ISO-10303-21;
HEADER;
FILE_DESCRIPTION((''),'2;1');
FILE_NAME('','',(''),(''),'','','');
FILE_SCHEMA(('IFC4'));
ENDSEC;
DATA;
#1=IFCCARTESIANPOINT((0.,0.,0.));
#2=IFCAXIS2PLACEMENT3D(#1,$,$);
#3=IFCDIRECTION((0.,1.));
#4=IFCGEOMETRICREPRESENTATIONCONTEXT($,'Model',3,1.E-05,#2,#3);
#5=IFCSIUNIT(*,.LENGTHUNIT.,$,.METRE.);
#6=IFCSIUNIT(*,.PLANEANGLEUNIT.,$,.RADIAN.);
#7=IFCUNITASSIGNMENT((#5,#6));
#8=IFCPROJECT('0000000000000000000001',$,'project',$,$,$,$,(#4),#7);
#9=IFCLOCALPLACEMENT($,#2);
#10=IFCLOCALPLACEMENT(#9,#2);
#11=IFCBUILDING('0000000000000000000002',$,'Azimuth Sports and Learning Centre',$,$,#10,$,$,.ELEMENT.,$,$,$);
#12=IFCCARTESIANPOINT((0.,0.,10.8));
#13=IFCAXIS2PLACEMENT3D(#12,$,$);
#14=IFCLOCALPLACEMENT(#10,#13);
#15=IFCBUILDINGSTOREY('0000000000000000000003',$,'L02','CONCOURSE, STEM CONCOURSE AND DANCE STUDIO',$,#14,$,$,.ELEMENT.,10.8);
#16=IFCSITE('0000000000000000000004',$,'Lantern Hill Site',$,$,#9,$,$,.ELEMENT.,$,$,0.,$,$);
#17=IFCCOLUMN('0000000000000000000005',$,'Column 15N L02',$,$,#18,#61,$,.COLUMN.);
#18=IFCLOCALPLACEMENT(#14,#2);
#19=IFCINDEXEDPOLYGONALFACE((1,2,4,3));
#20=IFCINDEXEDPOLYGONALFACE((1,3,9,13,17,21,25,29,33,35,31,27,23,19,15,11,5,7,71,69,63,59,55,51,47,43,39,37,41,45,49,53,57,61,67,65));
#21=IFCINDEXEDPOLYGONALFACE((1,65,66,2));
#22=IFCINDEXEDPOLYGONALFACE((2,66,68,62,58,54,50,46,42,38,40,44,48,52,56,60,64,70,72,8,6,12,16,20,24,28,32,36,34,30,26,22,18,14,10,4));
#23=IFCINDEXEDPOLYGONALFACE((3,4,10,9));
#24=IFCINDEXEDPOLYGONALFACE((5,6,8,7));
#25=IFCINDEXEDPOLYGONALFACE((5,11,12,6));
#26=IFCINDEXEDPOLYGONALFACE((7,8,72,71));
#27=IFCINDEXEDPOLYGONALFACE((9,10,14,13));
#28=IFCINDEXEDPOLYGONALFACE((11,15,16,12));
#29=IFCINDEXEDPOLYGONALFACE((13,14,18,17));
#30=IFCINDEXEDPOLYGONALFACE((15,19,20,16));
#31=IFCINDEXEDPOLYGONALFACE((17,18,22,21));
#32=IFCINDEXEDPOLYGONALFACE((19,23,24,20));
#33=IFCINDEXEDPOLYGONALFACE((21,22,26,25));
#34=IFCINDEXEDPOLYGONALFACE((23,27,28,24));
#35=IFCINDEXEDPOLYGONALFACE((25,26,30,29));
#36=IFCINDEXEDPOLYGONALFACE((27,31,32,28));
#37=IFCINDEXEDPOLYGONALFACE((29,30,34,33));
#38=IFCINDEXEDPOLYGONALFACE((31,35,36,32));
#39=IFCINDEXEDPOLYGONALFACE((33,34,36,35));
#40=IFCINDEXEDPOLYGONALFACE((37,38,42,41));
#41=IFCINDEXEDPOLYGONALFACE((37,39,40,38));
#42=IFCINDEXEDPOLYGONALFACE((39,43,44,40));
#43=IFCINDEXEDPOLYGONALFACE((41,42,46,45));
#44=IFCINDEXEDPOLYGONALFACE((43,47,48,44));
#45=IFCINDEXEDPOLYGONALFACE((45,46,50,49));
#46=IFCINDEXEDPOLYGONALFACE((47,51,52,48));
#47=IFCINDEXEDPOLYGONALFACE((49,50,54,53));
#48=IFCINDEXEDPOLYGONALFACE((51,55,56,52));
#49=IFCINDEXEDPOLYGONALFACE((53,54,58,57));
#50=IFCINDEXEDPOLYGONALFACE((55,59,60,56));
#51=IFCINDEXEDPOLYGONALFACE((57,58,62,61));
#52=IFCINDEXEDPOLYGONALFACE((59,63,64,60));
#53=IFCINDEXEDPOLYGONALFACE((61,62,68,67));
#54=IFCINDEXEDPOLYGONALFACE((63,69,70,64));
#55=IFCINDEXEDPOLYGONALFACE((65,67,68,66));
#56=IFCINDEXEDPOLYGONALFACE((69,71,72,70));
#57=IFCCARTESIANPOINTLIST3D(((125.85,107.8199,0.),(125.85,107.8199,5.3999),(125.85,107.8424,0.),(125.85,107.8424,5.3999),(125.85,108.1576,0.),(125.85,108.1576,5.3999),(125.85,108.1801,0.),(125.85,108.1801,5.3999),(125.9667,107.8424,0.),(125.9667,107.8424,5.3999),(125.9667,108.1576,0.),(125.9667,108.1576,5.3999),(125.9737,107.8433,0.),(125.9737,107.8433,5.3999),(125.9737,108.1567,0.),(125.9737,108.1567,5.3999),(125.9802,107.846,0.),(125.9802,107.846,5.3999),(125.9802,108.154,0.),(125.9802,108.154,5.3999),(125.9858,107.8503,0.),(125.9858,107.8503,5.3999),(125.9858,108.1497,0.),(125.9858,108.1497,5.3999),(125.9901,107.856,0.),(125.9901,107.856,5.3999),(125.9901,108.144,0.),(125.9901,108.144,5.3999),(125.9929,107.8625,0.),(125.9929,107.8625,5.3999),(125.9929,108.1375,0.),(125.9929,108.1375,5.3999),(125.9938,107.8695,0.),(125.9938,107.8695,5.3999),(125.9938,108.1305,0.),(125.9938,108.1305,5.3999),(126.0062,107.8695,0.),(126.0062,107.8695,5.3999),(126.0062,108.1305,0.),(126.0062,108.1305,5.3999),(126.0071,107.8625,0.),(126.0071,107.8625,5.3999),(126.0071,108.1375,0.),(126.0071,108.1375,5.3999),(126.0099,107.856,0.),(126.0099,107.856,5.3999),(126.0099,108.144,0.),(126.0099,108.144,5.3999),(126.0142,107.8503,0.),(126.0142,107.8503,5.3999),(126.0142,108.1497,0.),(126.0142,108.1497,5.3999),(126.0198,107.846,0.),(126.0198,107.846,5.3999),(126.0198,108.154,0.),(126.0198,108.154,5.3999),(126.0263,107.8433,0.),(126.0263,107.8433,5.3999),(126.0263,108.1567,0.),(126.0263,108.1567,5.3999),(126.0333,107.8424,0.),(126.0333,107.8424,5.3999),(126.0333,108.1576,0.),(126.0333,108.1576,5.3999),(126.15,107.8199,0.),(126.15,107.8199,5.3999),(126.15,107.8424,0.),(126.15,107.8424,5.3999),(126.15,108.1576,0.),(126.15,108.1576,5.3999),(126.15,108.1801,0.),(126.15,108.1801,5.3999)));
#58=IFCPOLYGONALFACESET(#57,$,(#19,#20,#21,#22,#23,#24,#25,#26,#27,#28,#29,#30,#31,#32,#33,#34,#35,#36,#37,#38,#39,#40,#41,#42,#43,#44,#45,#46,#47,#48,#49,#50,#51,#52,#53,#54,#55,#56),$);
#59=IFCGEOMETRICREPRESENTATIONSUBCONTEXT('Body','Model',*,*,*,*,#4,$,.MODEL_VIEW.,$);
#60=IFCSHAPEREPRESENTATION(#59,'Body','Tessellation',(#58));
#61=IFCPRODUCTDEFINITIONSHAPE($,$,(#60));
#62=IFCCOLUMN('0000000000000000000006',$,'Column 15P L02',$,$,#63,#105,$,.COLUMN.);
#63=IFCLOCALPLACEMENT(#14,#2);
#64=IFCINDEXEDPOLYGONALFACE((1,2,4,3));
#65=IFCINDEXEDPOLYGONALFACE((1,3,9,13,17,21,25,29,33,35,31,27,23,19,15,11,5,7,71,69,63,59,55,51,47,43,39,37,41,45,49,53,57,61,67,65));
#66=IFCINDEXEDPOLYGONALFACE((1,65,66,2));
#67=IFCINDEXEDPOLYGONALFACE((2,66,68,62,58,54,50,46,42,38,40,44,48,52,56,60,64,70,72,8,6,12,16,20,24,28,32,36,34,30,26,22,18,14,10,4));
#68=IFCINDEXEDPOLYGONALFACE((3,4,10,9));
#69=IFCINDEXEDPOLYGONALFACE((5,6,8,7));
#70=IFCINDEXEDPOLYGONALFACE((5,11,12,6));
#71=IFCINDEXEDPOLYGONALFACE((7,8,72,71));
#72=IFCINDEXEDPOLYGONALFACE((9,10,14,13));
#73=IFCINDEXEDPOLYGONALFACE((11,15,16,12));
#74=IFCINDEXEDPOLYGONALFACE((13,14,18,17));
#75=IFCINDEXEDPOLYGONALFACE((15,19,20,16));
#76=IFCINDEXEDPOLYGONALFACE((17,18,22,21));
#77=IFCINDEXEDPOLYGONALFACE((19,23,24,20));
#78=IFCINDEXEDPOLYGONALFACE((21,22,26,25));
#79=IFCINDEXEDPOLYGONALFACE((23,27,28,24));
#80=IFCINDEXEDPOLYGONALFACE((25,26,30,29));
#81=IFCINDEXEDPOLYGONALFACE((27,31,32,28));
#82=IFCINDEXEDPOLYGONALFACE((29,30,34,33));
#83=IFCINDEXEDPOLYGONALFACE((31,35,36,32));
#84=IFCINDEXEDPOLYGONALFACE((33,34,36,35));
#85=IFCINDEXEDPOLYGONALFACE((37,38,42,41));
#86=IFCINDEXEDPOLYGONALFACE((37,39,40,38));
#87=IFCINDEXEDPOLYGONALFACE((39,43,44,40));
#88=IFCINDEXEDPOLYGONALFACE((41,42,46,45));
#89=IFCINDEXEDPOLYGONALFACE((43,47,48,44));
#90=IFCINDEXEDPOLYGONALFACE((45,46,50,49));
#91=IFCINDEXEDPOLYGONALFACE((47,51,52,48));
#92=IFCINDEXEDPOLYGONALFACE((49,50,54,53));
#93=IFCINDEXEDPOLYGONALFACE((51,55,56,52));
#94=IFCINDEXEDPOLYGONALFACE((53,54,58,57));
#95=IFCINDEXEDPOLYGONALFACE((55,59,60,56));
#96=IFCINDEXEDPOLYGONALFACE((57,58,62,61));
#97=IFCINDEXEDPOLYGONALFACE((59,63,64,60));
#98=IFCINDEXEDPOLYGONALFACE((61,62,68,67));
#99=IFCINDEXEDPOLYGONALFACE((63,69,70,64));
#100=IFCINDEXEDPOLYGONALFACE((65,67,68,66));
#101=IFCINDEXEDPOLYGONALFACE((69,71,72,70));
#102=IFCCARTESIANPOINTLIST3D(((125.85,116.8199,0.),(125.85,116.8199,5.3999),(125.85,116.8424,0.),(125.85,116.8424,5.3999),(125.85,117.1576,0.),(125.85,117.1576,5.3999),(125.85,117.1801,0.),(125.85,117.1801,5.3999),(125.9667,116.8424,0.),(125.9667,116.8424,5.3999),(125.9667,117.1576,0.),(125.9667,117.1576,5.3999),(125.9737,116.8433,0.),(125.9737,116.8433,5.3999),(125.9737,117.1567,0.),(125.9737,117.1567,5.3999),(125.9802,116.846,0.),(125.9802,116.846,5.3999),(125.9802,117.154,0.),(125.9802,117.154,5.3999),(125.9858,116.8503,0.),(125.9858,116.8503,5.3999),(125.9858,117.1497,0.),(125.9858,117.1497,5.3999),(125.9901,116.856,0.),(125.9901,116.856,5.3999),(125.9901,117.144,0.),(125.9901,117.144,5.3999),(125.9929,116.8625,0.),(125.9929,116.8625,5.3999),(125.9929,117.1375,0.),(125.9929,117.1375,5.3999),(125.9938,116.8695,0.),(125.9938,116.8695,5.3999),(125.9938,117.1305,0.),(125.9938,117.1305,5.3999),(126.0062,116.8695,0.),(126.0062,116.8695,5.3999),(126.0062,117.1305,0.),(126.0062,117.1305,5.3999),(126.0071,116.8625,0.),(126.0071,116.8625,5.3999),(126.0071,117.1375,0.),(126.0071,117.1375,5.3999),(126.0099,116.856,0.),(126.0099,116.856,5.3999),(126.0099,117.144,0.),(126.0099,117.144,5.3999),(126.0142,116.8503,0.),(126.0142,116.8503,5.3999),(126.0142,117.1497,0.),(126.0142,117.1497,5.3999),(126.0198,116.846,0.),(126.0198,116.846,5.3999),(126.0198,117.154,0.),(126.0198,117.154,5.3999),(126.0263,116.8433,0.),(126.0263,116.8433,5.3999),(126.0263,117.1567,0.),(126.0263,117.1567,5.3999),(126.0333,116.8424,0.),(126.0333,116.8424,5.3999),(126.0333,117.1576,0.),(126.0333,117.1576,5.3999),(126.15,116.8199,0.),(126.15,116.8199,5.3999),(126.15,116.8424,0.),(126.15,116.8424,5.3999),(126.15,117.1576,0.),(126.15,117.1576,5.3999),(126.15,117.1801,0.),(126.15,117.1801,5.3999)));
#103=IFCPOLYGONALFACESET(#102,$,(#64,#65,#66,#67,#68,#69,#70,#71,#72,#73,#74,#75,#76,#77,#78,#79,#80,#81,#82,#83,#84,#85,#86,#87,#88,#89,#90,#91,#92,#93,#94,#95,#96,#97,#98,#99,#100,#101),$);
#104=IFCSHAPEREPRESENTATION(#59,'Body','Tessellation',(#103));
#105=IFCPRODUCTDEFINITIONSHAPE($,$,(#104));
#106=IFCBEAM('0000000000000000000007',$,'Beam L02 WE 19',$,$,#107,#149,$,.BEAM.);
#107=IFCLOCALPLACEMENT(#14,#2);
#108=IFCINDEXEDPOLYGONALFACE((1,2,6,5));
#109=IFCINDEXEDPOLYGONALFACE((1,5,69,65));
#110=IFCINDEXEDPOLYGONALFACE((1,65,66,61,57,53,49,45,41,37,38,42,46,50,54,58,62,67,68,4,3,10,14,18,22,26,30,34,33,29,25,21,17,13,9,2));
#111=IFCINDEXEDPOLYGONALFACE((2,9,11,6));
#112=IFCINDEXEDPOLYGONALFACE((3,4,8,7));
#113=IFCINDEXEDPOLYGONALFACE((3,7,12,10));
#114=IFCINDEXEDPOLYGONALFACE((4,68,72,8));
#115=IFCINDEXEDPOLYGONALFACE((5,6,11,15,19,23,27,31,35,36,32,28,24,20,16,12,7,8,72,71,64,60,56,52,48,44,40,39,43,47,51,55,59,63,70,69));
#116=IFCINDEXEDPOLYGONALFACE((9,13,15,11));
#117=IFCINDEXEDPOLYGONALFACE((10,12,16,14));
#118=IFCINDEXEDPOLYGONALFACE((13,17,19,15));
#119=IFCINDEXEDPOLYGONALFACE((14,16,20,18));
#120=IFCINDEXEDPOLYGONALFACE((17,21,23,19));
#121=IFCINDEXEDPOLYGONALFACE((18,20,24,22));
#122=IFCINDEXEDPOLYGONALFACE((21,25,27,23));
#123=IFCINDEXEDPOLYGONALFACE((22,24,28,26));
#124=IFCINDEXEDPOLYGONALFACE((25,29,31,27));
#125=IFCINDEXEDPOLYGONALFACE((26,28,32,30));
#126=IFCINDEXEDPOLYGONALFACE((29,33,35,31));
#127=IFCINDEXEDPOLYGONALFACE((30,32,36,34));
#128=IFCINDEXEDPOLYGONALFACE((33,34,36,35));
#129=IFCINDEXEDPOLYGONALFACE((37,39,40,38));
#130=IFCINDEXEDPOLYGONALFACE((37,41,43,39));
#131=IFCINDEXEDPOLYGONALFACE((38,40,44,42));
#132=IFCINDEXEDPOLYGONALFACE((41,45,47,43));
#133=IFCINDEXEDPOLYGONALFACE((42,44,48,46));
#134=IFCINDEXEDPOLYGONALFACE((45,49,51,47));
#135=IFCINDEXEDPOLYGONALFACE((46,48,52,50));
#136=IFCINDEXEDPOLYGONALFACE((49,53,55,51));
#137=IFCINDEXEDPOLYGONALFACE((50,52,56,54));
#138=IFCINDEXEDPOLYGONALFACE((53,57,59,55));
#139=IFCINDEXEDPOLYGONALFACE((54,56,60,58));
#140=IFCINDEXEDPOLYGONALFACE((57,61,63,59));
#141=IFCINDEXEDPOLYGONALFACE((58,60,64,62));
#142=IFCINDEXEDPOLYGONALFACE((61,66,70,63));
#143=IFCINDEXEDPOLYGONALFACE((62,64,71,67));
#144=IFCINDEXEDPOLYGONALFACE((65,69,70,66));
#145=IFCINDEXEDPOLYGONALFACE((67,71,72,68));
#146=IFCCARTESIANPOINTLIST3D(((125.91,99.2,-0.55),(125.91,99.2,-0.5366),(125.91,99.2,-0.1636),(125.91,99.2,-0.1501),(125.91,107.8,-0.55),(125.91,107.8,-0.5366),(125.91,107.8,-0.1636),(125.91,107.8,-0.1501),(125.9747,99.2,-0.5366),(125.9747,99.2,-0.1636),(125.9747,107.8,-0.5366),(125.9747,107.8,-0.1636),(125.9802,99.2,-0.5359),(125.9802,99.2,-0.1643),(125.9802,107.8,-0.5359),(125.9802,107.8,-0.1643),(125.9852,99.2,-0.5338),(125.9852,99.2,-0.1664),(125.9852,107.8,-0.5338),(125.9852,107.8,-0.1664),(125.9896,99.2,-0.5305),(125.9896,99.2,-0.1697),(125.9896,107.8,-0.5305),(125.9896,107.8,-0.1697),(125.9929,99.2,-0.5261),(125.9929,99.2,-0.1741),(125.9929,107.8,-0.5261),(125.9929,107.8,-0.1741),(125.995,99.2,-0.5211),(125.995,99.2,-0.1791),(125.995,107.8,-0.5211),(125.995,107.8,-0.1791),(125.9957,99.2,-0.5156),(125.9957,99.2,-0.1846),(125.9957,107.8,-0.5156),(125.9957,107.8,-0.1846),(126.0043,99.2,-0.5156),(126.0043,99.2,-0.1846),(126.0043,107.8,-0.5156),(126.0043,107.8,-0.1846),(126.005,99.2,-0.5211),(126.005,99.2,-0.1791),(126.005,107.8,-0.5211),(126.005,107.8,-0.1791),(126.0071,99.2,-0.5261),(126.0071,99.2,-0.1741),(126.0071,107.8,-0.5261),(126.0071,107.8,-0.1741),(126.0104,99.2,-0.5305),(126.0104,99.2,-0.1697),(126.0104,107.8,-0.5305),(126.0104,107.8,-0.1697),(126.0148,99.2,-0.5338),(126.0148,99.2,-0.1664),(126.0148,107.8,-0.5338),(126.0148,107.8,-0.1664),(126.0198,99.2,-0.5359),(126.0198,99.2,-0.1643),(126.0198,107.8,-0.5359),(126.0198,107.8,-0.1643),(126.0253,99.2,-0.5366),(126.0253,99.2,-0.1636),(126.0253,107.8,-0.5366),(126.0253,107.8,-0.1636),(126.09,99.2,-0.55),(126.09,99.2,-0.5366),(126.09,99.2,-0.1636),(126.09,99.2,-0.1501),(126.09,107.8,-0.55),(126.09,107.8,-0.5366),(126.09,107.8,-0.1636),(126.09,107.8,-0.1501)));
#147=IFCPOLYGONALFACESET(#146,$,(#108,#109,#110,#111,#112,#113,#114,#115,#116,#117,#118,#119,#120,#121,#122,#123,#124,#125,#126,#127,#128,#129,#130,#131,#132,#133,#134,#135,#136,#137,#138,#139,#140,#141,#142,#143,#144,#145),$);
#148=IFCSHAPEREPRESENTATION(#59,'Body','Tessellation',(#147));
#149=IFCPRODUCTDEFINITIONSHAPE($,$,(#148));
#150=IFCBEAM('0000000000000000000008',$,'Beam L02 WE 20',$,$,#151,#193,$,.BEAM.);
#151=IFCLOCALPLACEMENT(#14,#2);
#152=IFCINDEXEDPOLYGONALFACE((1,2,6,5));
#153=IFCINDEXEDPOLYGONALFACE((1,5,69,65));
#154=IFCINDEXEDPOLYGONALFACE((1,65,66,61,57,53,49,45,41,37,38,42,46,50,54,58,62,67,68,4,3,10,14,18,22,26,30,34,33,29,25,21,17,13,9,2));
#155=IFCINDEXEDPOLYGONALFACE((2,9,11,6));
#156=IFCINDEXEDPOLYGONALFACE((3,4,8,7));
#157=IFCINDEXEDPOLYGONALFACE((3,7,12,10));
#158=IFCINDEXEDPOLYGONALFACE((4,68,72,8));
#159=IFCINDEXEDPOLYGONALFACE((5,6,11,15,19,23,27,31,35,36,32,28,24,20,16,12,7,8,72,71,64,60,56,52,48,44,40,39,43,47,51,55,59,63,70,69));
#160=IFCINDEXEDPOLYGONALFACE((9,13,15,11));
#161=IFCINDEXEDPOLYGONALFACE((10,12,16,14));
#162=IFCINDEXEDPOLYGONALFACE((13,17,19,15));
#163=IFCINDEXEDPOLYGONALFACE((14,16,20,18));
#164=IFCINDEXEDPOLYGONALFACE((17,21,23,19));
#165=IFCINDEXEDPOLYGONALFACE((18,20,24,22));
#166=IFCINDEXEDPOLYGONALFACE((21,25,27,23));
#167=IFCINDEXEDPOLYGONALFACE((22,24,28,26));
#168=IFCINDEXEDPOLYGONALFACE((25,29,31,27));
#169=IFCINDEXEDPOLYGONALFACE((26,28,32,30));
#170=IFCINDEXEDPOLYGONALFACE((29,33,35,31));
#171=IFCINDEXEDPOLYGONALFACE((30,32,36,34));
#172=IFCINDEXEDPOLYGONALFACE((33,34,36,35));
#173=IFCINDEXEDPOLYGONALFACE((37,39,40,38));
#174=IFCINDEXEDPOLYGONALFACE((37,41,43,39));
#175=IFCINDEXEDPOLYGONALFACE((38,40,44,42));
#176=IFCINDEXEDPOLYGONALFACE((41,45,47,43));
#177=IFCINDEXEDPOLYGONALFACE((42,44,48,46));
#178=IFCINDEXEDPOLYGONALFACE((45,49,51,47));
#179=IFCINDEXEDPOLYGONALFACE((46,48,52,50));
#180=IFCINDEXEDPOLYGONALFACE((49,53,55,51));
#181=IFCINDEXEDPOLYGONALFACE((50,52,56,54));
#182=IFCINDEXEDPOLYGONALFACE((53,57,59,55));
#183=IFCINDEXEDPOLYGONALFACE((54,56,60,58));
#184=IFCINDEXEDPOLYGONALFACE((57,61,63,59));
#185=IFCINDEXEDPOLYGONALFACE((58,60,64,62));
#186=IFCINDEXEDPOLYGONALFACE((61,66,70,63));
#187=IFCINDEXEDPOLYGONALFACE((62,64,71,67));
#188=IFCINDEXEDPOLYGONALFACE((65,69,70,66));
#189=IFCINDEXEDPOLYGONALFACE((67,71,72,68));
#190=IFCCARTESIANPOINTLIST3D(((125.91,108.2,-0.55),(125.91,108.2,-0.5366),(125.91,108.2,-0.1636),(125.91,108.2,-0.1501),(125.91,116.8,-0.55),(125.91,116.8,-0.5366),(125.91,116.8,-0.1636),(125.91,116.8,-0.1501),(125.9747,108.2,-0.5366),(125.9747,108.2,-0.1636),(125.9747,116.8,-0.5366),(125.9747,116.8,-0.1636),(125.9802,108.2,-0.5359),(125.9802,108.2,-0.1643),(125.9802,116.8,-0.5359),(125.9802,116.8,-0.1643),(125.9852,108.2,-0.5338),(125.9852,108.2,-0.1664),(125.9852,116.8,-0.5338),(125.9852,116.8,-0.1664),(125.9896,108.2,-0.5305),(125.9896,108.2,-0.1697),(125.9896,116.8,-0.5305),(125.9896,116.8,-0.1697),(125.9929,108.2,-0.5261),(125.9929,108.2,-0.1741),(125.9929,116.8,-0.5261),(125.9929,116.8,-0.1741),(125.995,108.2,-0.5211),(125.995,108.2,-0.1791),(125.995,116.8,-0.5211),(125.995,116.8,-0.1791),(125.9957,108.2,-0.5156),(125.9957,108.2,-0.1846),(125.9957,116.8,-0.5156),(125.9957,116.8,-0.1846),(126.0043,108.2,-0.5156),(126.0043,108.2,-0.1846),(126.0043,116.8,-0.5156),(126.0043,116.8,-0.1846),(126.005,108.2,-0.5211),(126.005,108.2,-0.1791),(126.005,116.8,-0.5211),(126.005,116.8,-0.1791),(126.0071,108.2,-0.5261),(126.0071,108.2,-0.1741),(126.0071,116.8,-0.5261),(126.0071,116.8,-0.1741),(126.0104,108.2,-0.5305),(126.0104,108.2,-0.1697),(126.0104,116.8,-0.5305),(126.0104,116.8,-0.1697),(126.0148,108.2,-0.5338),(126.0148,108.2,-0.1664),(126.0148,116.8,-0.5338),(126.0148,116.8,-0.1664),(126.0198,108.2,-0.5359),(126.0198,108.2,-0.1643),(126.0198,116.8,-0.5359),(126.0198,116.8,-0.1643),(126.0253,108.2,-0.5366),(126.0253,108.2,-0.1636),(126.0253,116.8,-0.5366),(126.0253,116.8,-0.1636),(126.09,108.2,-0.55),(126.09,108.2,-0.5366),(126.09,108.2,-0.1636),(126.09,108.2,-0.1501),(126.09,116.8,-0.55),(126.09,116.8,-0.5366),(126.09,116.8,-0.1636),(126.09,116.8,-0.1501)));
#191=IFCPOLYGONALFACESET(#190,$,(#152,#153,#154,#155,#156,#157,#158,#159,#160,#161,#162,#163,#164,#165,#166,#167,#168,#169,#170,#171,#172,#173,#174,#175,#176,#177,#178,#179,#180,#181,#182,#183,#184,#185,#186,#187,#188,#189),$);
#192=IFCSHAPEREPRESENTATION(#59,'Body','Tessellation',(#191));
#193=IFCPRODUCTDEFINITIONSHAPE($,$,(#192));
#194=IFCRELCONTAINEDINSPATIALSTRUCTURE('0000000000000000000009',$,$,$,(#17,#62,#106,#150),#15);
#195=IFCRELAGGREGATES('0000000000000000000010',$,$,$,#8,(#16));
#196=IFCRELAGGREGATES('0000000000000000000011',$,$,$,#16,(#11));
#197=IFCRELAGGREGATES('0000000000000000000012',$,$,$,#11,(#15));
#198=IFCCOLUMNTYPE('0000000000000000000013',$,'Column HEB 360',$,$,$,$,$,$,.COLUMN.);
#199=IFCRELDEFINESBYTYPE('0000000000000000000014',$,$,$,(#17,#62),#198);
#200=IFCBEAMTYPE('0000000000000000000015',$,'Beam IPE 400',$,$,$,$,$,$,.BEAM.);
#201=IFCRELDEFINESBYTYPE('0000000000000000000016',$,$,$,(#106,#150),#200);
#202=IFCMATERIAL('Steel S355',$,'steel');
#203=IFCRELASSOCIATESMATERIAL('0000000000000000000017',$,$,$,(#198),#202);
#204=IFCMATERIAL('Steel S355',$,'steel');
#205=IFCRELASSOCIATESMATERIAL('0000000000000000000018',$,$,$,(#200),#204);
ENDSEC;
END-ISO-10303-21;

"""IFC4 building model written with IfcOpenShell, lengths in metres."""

from ifc_helpers import new_model, si_unit, direction, frame, origin, origin_2d, place, context, subcontext, project, spatial, i_section, extrude, material, material_profile, profile_set, type_object, element, save


model = new_model("IFC4")

# Units and contexts
model_context = context("Model", 3, precision=1e-05, world=origin(), true_north=direction((0.0, 1.0)))
body_context = subcontext(model_context, "Body", "Model", "MODEL_VIEW")
ifc_project = project(units=[si_unit("LENGTHUNIT", "METRE"), si_unit("PLANEANGLEUNIT", "RADIAN")], contexts=[model_context])

# Site, building, storey
site_placement = place(None, origin())
site = spatial("IfcSite", under=ifc_project, at=site_placement, Name="Lantern Hill Site", CompositionType="ELEMENT", RefElevation=0.0)
building_placement = place(site_placement, origin())
building = spatial("IfcBuilding", under=site, at=building_placement, Name="Azimuth Sports and Learning Centre", CompositionType="ELEMENT")
storey_placement = place(building_placement, frame((0.0, 0.0, 10.8)))
storey = spatial("IfcBuildingStorey", under=building, at=storey_placement, Name="L02", Description="CONCOURSE, STEM CONCOURSE AND DANCE STUDIO", CompositionType="ELEMENT", Elevation=10.8)

# Columns
ifc_material_1 = material(Name="Steel S355", Category="steel")
ifc_material_profile_1 = material_profile(ifc_material_1, i_section(OverallWidth=0.3, OverallDepth=0.3601, WebThickness=0.0125, FlangeThickness=0.0225, FilletRadius=0.0271, at=origin_2d()), Name="HEB 360")
ifc_profile_set_1 = profile_set([ifc_material_profile_1], Name="Steel S355")
column_type = type_object("IfcColumnType", Name="Column HEB 360", PredefinedType="COLUMN", material=ifc_profile_set_1)
for number, where, z_axis, x_axis, name in (
    (1, (126.0, 108.0, 0.0), (0.0, 0.0, 1.0), (1.0, 0.0, 0.0), "Column 15N L02"),
    (2, (126.0, 117.0, 0.0), (0.0, 0.0, 1.0), (1.0, 0.0, 0.0), "Column 15P L02"),
):
    element("IfcColumn", number, at=place(storey_placement, frame(where, z_axis=z_axis, x_axis=x_axis)), inside=storey, type_object=column_type, Name=name, PredefinedType="COLUMN", context=body_context, shape_type="SweptSolid", body=[
        extrude(i_section(OverallWidth=0.3, OverallDepth=0.3601, WebThickness=0.0125, FlangeThickness=0.0225, FilletRadius=0.0271, at=origin_2d()), origin(), (0.0, 0.0, 1.0), 5.3999),
    ])

# Beams
ifc_material_2 = material(Name="Steel S355", Category="steel")
ifc_material_profile_2 = material_profile(ifc_material_2, i_section(OverallWidth=0.1799, OverallDepth=0.3999, WebThickness=0.0085, FlangeThickness=0.0134, FilletRadius=0.021, at=origin_2d()), Name="IPE 400")
ifc_profile_set_2 = profile_set([ifc_material_profile_2], Name="Steel S355")
beam_type_1 = type_object("IfcBeamType", Name="Beam IPE 400", PredefinedType="BEAM", material=ifc_profile_set_2)
for number, where, z_axis, x_axis, name in (
    (3, (126.0, 99.2, -0.3501), (0.0, 1.0, 0.0), (-1.0, 0.0, 0.0), "Beam L02 WE 19"),
    (4, (126.0, 108.2, -0.3501), (0.0, 1.0, 0.0), (-1.0, 0.0, 0.0), "Beam L02 WE 20"),
):
    element("IfcBeam", number, at=place(storey_placement, frame(where, z_axis=z_axis, x_axis=x_axis)), inside=storey, type_object=beam_type_1, Name=name, PredefinedType="BEAM", context=body_context, shape_type="SweptSolid", body=[
        extrude(i_section(OverallWidth=0.1799, OverallDepth=0.3999, WebThickness=0.0085, FlangeThickness=0.0134, FilletRadius=0.021, at=origin_2d()), origin(), (0.0, 0.0, 1.0), 8.6001),
    ])

save(model, "model.ifc")
